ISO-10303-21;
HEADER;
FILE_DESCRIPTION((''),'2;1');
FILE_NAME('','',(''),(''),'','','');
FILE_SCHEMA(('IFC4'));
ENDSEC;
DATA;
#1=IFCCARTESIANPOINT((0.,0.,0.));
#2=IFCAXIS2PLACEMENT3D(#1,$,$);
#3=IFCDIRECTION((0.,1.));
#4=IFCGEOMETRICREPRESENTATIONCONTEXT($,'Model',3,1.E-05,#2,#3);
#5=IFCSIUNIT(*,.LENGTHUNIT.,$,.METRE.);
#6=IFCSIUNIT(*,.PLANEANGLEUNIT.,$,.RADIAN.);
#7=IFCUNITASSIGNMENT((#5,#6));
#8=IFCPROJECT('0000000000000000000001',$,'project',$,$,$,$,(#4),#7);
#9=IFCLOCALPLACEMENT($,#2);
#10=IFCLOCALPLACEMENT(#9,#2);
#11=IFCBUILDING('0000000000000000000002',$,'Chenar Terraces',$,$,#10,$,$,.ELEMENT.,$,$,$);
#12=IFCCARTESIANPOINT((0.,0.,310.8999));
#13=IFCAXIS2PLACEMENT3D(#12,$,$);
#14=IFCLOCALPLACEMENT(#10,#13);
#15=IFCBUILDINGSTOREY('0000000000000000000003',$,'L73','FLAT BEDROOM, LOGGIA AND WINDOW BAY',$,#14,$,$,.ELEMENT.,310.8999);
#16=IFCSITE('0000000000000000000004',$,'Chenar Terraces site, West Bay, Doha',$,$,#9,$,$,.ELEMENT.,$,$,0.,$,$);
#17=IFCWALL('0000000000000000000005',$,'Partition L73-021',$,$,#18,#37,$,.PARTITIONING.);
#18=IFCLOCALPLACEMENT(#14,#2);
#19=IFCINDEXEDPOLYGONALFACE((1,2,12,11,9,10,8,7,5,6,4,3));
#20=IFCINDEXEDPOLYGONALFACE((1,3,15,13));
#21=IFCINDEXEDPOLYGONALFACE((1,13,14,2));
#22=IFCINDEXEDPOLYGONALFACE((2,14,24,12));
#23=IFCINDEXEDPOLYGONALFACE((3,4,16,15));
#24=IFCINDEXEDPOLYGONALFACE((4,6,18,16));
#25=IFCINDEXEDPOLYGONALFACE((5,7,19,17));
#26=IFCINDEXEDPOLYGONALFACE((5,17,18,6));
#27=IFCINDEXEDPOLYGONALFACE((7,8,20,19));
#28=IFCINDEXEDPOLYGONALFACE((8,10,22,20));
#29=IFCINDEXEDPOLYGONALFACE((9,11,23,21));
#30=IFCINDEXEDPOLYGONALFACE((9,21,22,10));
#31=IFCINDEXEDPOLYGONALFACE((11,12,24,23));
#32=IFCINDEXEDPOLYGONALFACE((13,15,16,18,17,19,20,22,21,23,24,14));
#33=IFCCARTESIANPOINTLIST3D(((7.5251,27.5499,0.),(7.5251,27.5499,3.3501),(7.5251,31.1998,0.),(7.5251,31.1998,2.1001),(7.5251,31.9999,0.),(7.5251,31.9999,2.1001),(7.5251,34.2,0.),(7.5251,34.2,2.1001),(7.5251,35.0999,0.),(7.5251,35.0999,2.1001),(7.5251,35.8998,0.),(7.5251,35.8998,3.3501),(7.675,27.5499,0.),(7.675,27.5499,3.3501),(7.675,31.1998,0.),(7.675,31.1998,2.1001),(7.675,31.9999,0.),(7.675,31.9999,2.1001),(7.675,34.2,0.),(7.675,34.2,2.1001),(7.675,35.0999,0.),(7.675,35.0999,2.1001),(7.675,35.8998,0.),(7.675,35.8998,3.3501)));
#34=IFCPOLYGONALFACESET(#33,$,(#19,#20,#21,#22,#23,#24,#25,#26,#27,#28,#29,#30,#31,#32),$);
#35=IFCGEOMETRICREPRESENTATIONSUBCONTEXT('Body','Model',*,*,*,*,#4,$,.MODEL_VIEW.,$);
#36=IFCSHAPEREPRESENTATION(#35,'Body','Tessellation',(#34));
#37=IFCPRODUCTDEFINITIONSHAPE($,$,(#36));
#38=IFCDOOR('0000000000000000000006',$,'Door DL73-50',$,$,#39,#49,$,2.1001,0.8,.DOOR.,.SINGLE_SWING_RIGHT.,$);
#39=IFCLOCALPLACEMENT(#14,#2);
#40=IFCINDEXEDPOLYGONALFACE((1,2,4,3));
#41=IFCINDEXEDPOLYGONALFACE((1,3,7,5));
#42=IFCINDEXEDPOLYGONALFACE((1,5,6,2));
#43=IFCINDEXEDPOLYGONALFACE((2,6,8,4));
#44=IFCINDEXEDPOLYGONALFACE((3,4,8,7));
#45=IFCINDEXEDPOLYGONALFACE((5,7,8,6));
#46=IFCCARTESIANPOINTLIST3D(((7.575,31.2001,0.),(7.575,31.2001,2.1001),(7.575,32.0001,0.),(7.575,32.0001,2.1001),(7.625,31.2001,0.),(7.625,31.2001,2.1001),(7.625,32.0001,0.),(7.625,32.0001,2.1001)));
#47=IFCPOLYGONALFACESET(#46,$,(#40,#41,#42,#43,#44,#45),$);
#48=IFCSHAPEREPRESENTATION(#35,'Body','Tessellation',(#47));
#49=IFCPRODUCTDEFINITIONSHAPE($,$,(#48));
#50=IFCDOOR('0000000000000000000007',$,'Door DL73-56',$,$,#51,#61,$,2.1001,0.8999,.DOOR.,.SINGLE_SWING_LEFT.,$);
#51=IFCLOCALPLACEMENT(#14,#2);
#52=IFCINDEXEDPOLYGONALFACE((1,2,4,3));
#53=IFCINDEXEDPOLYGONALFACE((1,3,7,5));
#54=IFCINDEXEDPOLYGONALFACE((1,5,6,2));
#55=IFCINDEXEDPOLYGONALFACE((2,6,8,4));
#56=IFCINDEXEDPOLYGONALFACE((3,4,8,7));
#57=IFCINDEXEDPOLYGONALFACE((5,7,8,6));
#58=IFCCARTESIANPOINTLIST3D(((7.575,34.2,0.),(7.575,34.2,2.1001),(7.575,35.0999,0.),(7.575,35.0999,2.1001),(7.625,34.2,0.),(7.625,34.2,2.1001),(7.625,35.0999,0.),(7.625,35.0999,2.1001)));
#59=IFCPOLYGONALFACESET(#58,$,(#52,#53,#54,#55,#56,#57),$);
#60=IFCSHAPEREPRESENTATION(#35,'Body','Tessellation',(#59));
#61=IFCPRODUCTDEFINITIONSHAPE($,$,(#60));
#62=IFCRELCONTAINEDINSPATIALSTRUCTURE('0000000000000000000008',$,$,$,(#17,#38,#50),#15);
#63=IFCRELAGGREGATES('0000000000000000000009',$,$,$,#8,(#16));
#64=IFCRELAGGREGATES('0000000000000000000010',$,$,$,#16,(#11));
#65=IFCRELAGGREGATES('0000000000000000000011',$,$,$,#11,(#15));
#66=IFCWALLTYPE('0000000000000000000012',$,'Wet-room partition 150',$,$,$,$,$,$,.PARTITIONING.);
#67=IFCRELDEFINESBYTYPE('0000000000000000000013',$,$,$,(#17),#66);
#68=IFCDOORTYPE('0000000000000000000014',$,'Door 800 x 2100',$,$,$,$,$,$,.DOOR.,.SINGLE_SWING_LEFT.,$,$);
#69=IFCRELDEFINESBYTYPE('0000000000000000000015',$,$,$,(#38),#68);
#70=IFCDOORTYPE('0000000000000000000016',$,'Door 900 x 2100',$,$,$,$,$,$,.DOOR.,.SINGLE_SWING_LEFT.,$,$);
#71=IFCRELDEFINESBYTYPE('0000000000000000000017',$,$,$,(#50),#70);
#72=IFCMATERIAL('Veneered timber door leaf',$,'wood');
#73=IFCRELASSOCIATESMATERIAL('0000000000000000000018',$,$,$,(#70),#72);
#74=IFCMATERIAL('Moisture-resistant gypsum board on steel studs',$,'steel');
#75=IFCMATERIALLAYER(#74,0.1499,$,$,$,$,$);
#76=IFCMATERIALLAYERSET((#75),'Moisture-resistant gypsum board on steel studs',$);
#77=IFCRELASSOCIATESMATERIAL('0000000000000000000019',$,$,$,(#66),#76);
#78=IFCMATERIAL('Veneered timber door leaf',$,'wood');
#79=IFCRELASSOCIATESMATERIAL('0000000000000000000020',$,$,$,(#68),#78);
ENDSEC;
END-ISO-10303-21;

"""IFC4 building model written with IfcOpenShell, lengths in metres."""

from ifc_helpers import new_model, si_unit, direction, frame, frame_2d, origin, place, context, subcontext, project, spatial, rectangle, extrude, material, layer, layer_set, type_object, element, fill, save


model = new_model("IFC4")

# Units and contexts
model_context = context("Model", 3, precision=1e-05, world=origin(), true_north=direction((0.0, 1.0)))
body_context = subcontext(model_context, "Body", "Model", "MODEL_VIEW")
ifc_project = project(units=[si_unit("LENGTHUNIT", "METRE"), si_unit("PLANEANGLEUNIT", "RADIAN")], contexts=[model_context])

# Site, building, storey
site_placement = place(None, origin())
site = spatial("IfcSite", under=ifc_project, at=site_placement, Name="Chenar Terraces site, West Bay, Doha", CompositionType="ELEMENT", RefElevation=0.0)
building_placement = place(site_placement, origin())
building = spatial("IfcBuilding", under=site, at=building_placement, Name="Chenar Terraces", CompositionType="ELEMENT")
storey_placement = place(building_placement, frame((0.0, 0.0, 310.8999)))
storey = spatial("IfcBuildingStorey", under=building, at=storey_placement, Name="L73", Description="FLAT BEDROOM, LOGGIA AND WINDOW BAY", CompositionType="ELEMENT", Elevation=310.8999)

# Shared definitions
ifc_material_1 = material(Name="Veneered timber door leaf", Category="wood")
door_type_1 = type_object("IfcDoorType", Name="Door 900 x 2100", OperationType="SINGLE_SWING_LEFT", PredefinedType="DOOR", material=ifc_material_1)

# Shared definitions
ifc_material_2 = material(Name="Moisture-resistant gypsum board on steel studs", Category="steel")
ifc_layer_1 = layer(ifc_material_2, 0.1499)
ifc_layer_set_1 = layer_set([ifc_layer_1], Name="Moisture-resistant gypsum board on steel studs")
wall_type_1 = type_object("IfcWallType", Name="Wet-room partition 150", PredefinedType="PARTITIONING", material=ifc_layer_set_1)

# Wall, openings, doors
wall_1_placement = place(storey_placement, frame((7.6001, 27.55, 0.0), z_axis=(0.0, 0.0, 1.0), x_axis=(0.0, 1.0, 0.0)))
wall_1 = element("IfcWall", 1, at=wall_1_placement, inside=storey, type_object=wall_type_1, Name="Partition L73-021", PredefinedType="PARTITIONING", context=body_context, shape_type="SweptSolid", body=[
    extrude(rectangle(XDim=8.3499, YDim=0.1499, at=frame_2d((4.1748, 0.0))), origin(), (0.0, 0.0, 1.0), 3.3501),
])
opening_1_placement = place(wall_1_placement, frame((3.6499, 0.0, 0.0)))
opening_1 = element("IfcOpeningElement", 2, at=opening_1_placement, cuts=wall_1, PredefinedType="OPENING", context=body_context, shape_type="SweptSolid", body=[
    extrude(rectangle(XDim=0.8, YDim=2.1001, at=frame_2d((0.3999, 1.05))), frame((0.0, 0.085, 0.0), z_axis=(0.0, -1.0, 0.0), x_axis=(1.0, 0.0, 0.0)), (0.0, 0.0, 1.0), 0.1699),
])
opening_2_placement = place(wall_1_placement, frame((6.6499, 0.0, 0.0)))
opening_2 = element("IfcOpeningElement", 3, at=opening_2_placement, cuts=wall_1, PredefinedType="OPENING", context=body_context, shape_type="SweptSolid", body=[
    extrude(rectangle(XDim=0.8999, YDim=2.1001, at=frame_2d((0.45, 1.05))), frame((0.0, 0.085, 0.0), z_axis=(0.0, -1.0, 0.0), x_axis=(1.0, 0.0, 0.0)), (0.0, 0.0, 1.0), 0.1699),
])
ifc_material_3 = material(Name="Veneered timber door leaf", Category="wood")
door_type_2 = type_object("IfcDoorType", Name="Door 800 x 2100", OperationType="SINGLE_SWING_LEFT", PredefinedType="DOOR", material=ifc_material_3)
door_1_placement = place(opening_1_placement, frame((0.8, 0.0, 0.0), z_axis=(0.0, 0.0, 1.0), x_axis=(-1.0, 0.0, 0.0)))
door_1 = element("IfcDoor", 4, at=door_1_placement, inside=storey, type_object=door_type_2, Name="Door DL73-50", OperationType="SINGLE_SWING_RIGHT", OverallHeight=2.1001, OverallWidth=0.8, PredefinedType="DOOR", context=body_context, shape_type="SweptSolid", body=[
    extrude(rectangle(XDim=0.8, YDim=2.1001, at=frame_2d((0.3999, 1.05))), frame((0.0, 0.0249, 0.0), z_axis=(0.0, -1.0, 0.0), x_axis=(1.0, 0.0, 0.0)), (0.0, 0.0, 1.0), 0.05),
])
fill(opening_1, door_1)
door_2_placement = place(opening_2_placement, frame((0.8999, 0.0, 0.0), z_axis=(0.0, 0.0, 1.0), x_axis=(-1.0, 0.0, 0.0)))
door_2 = element("IfcDoor", 5, at=door_2_placement, inside=storey, type_object=door_type_1, Name="Door DL73-56", OperationType="SINGLE_SWING_LEFT", OverallHeight=2.1001, OverallWidth=0.8999, PredefinedType="DOOR", context=body_context, shape_type="SweptSolid", body=[
    extrude(rectangle(XDim=0.8999, YDim=2.1001, at=frame_2d((0.45, 1.05))), frame((0.0, 0.0249, 0.0), z_axis=(0.0, -1.0, 0.0), x_axis=(1.0, 0.0, 0.0)), (0.0, 0.0, 1.0), 0.05),
])
fill(opening_2, door_2)

save(model, "model.ifc")
